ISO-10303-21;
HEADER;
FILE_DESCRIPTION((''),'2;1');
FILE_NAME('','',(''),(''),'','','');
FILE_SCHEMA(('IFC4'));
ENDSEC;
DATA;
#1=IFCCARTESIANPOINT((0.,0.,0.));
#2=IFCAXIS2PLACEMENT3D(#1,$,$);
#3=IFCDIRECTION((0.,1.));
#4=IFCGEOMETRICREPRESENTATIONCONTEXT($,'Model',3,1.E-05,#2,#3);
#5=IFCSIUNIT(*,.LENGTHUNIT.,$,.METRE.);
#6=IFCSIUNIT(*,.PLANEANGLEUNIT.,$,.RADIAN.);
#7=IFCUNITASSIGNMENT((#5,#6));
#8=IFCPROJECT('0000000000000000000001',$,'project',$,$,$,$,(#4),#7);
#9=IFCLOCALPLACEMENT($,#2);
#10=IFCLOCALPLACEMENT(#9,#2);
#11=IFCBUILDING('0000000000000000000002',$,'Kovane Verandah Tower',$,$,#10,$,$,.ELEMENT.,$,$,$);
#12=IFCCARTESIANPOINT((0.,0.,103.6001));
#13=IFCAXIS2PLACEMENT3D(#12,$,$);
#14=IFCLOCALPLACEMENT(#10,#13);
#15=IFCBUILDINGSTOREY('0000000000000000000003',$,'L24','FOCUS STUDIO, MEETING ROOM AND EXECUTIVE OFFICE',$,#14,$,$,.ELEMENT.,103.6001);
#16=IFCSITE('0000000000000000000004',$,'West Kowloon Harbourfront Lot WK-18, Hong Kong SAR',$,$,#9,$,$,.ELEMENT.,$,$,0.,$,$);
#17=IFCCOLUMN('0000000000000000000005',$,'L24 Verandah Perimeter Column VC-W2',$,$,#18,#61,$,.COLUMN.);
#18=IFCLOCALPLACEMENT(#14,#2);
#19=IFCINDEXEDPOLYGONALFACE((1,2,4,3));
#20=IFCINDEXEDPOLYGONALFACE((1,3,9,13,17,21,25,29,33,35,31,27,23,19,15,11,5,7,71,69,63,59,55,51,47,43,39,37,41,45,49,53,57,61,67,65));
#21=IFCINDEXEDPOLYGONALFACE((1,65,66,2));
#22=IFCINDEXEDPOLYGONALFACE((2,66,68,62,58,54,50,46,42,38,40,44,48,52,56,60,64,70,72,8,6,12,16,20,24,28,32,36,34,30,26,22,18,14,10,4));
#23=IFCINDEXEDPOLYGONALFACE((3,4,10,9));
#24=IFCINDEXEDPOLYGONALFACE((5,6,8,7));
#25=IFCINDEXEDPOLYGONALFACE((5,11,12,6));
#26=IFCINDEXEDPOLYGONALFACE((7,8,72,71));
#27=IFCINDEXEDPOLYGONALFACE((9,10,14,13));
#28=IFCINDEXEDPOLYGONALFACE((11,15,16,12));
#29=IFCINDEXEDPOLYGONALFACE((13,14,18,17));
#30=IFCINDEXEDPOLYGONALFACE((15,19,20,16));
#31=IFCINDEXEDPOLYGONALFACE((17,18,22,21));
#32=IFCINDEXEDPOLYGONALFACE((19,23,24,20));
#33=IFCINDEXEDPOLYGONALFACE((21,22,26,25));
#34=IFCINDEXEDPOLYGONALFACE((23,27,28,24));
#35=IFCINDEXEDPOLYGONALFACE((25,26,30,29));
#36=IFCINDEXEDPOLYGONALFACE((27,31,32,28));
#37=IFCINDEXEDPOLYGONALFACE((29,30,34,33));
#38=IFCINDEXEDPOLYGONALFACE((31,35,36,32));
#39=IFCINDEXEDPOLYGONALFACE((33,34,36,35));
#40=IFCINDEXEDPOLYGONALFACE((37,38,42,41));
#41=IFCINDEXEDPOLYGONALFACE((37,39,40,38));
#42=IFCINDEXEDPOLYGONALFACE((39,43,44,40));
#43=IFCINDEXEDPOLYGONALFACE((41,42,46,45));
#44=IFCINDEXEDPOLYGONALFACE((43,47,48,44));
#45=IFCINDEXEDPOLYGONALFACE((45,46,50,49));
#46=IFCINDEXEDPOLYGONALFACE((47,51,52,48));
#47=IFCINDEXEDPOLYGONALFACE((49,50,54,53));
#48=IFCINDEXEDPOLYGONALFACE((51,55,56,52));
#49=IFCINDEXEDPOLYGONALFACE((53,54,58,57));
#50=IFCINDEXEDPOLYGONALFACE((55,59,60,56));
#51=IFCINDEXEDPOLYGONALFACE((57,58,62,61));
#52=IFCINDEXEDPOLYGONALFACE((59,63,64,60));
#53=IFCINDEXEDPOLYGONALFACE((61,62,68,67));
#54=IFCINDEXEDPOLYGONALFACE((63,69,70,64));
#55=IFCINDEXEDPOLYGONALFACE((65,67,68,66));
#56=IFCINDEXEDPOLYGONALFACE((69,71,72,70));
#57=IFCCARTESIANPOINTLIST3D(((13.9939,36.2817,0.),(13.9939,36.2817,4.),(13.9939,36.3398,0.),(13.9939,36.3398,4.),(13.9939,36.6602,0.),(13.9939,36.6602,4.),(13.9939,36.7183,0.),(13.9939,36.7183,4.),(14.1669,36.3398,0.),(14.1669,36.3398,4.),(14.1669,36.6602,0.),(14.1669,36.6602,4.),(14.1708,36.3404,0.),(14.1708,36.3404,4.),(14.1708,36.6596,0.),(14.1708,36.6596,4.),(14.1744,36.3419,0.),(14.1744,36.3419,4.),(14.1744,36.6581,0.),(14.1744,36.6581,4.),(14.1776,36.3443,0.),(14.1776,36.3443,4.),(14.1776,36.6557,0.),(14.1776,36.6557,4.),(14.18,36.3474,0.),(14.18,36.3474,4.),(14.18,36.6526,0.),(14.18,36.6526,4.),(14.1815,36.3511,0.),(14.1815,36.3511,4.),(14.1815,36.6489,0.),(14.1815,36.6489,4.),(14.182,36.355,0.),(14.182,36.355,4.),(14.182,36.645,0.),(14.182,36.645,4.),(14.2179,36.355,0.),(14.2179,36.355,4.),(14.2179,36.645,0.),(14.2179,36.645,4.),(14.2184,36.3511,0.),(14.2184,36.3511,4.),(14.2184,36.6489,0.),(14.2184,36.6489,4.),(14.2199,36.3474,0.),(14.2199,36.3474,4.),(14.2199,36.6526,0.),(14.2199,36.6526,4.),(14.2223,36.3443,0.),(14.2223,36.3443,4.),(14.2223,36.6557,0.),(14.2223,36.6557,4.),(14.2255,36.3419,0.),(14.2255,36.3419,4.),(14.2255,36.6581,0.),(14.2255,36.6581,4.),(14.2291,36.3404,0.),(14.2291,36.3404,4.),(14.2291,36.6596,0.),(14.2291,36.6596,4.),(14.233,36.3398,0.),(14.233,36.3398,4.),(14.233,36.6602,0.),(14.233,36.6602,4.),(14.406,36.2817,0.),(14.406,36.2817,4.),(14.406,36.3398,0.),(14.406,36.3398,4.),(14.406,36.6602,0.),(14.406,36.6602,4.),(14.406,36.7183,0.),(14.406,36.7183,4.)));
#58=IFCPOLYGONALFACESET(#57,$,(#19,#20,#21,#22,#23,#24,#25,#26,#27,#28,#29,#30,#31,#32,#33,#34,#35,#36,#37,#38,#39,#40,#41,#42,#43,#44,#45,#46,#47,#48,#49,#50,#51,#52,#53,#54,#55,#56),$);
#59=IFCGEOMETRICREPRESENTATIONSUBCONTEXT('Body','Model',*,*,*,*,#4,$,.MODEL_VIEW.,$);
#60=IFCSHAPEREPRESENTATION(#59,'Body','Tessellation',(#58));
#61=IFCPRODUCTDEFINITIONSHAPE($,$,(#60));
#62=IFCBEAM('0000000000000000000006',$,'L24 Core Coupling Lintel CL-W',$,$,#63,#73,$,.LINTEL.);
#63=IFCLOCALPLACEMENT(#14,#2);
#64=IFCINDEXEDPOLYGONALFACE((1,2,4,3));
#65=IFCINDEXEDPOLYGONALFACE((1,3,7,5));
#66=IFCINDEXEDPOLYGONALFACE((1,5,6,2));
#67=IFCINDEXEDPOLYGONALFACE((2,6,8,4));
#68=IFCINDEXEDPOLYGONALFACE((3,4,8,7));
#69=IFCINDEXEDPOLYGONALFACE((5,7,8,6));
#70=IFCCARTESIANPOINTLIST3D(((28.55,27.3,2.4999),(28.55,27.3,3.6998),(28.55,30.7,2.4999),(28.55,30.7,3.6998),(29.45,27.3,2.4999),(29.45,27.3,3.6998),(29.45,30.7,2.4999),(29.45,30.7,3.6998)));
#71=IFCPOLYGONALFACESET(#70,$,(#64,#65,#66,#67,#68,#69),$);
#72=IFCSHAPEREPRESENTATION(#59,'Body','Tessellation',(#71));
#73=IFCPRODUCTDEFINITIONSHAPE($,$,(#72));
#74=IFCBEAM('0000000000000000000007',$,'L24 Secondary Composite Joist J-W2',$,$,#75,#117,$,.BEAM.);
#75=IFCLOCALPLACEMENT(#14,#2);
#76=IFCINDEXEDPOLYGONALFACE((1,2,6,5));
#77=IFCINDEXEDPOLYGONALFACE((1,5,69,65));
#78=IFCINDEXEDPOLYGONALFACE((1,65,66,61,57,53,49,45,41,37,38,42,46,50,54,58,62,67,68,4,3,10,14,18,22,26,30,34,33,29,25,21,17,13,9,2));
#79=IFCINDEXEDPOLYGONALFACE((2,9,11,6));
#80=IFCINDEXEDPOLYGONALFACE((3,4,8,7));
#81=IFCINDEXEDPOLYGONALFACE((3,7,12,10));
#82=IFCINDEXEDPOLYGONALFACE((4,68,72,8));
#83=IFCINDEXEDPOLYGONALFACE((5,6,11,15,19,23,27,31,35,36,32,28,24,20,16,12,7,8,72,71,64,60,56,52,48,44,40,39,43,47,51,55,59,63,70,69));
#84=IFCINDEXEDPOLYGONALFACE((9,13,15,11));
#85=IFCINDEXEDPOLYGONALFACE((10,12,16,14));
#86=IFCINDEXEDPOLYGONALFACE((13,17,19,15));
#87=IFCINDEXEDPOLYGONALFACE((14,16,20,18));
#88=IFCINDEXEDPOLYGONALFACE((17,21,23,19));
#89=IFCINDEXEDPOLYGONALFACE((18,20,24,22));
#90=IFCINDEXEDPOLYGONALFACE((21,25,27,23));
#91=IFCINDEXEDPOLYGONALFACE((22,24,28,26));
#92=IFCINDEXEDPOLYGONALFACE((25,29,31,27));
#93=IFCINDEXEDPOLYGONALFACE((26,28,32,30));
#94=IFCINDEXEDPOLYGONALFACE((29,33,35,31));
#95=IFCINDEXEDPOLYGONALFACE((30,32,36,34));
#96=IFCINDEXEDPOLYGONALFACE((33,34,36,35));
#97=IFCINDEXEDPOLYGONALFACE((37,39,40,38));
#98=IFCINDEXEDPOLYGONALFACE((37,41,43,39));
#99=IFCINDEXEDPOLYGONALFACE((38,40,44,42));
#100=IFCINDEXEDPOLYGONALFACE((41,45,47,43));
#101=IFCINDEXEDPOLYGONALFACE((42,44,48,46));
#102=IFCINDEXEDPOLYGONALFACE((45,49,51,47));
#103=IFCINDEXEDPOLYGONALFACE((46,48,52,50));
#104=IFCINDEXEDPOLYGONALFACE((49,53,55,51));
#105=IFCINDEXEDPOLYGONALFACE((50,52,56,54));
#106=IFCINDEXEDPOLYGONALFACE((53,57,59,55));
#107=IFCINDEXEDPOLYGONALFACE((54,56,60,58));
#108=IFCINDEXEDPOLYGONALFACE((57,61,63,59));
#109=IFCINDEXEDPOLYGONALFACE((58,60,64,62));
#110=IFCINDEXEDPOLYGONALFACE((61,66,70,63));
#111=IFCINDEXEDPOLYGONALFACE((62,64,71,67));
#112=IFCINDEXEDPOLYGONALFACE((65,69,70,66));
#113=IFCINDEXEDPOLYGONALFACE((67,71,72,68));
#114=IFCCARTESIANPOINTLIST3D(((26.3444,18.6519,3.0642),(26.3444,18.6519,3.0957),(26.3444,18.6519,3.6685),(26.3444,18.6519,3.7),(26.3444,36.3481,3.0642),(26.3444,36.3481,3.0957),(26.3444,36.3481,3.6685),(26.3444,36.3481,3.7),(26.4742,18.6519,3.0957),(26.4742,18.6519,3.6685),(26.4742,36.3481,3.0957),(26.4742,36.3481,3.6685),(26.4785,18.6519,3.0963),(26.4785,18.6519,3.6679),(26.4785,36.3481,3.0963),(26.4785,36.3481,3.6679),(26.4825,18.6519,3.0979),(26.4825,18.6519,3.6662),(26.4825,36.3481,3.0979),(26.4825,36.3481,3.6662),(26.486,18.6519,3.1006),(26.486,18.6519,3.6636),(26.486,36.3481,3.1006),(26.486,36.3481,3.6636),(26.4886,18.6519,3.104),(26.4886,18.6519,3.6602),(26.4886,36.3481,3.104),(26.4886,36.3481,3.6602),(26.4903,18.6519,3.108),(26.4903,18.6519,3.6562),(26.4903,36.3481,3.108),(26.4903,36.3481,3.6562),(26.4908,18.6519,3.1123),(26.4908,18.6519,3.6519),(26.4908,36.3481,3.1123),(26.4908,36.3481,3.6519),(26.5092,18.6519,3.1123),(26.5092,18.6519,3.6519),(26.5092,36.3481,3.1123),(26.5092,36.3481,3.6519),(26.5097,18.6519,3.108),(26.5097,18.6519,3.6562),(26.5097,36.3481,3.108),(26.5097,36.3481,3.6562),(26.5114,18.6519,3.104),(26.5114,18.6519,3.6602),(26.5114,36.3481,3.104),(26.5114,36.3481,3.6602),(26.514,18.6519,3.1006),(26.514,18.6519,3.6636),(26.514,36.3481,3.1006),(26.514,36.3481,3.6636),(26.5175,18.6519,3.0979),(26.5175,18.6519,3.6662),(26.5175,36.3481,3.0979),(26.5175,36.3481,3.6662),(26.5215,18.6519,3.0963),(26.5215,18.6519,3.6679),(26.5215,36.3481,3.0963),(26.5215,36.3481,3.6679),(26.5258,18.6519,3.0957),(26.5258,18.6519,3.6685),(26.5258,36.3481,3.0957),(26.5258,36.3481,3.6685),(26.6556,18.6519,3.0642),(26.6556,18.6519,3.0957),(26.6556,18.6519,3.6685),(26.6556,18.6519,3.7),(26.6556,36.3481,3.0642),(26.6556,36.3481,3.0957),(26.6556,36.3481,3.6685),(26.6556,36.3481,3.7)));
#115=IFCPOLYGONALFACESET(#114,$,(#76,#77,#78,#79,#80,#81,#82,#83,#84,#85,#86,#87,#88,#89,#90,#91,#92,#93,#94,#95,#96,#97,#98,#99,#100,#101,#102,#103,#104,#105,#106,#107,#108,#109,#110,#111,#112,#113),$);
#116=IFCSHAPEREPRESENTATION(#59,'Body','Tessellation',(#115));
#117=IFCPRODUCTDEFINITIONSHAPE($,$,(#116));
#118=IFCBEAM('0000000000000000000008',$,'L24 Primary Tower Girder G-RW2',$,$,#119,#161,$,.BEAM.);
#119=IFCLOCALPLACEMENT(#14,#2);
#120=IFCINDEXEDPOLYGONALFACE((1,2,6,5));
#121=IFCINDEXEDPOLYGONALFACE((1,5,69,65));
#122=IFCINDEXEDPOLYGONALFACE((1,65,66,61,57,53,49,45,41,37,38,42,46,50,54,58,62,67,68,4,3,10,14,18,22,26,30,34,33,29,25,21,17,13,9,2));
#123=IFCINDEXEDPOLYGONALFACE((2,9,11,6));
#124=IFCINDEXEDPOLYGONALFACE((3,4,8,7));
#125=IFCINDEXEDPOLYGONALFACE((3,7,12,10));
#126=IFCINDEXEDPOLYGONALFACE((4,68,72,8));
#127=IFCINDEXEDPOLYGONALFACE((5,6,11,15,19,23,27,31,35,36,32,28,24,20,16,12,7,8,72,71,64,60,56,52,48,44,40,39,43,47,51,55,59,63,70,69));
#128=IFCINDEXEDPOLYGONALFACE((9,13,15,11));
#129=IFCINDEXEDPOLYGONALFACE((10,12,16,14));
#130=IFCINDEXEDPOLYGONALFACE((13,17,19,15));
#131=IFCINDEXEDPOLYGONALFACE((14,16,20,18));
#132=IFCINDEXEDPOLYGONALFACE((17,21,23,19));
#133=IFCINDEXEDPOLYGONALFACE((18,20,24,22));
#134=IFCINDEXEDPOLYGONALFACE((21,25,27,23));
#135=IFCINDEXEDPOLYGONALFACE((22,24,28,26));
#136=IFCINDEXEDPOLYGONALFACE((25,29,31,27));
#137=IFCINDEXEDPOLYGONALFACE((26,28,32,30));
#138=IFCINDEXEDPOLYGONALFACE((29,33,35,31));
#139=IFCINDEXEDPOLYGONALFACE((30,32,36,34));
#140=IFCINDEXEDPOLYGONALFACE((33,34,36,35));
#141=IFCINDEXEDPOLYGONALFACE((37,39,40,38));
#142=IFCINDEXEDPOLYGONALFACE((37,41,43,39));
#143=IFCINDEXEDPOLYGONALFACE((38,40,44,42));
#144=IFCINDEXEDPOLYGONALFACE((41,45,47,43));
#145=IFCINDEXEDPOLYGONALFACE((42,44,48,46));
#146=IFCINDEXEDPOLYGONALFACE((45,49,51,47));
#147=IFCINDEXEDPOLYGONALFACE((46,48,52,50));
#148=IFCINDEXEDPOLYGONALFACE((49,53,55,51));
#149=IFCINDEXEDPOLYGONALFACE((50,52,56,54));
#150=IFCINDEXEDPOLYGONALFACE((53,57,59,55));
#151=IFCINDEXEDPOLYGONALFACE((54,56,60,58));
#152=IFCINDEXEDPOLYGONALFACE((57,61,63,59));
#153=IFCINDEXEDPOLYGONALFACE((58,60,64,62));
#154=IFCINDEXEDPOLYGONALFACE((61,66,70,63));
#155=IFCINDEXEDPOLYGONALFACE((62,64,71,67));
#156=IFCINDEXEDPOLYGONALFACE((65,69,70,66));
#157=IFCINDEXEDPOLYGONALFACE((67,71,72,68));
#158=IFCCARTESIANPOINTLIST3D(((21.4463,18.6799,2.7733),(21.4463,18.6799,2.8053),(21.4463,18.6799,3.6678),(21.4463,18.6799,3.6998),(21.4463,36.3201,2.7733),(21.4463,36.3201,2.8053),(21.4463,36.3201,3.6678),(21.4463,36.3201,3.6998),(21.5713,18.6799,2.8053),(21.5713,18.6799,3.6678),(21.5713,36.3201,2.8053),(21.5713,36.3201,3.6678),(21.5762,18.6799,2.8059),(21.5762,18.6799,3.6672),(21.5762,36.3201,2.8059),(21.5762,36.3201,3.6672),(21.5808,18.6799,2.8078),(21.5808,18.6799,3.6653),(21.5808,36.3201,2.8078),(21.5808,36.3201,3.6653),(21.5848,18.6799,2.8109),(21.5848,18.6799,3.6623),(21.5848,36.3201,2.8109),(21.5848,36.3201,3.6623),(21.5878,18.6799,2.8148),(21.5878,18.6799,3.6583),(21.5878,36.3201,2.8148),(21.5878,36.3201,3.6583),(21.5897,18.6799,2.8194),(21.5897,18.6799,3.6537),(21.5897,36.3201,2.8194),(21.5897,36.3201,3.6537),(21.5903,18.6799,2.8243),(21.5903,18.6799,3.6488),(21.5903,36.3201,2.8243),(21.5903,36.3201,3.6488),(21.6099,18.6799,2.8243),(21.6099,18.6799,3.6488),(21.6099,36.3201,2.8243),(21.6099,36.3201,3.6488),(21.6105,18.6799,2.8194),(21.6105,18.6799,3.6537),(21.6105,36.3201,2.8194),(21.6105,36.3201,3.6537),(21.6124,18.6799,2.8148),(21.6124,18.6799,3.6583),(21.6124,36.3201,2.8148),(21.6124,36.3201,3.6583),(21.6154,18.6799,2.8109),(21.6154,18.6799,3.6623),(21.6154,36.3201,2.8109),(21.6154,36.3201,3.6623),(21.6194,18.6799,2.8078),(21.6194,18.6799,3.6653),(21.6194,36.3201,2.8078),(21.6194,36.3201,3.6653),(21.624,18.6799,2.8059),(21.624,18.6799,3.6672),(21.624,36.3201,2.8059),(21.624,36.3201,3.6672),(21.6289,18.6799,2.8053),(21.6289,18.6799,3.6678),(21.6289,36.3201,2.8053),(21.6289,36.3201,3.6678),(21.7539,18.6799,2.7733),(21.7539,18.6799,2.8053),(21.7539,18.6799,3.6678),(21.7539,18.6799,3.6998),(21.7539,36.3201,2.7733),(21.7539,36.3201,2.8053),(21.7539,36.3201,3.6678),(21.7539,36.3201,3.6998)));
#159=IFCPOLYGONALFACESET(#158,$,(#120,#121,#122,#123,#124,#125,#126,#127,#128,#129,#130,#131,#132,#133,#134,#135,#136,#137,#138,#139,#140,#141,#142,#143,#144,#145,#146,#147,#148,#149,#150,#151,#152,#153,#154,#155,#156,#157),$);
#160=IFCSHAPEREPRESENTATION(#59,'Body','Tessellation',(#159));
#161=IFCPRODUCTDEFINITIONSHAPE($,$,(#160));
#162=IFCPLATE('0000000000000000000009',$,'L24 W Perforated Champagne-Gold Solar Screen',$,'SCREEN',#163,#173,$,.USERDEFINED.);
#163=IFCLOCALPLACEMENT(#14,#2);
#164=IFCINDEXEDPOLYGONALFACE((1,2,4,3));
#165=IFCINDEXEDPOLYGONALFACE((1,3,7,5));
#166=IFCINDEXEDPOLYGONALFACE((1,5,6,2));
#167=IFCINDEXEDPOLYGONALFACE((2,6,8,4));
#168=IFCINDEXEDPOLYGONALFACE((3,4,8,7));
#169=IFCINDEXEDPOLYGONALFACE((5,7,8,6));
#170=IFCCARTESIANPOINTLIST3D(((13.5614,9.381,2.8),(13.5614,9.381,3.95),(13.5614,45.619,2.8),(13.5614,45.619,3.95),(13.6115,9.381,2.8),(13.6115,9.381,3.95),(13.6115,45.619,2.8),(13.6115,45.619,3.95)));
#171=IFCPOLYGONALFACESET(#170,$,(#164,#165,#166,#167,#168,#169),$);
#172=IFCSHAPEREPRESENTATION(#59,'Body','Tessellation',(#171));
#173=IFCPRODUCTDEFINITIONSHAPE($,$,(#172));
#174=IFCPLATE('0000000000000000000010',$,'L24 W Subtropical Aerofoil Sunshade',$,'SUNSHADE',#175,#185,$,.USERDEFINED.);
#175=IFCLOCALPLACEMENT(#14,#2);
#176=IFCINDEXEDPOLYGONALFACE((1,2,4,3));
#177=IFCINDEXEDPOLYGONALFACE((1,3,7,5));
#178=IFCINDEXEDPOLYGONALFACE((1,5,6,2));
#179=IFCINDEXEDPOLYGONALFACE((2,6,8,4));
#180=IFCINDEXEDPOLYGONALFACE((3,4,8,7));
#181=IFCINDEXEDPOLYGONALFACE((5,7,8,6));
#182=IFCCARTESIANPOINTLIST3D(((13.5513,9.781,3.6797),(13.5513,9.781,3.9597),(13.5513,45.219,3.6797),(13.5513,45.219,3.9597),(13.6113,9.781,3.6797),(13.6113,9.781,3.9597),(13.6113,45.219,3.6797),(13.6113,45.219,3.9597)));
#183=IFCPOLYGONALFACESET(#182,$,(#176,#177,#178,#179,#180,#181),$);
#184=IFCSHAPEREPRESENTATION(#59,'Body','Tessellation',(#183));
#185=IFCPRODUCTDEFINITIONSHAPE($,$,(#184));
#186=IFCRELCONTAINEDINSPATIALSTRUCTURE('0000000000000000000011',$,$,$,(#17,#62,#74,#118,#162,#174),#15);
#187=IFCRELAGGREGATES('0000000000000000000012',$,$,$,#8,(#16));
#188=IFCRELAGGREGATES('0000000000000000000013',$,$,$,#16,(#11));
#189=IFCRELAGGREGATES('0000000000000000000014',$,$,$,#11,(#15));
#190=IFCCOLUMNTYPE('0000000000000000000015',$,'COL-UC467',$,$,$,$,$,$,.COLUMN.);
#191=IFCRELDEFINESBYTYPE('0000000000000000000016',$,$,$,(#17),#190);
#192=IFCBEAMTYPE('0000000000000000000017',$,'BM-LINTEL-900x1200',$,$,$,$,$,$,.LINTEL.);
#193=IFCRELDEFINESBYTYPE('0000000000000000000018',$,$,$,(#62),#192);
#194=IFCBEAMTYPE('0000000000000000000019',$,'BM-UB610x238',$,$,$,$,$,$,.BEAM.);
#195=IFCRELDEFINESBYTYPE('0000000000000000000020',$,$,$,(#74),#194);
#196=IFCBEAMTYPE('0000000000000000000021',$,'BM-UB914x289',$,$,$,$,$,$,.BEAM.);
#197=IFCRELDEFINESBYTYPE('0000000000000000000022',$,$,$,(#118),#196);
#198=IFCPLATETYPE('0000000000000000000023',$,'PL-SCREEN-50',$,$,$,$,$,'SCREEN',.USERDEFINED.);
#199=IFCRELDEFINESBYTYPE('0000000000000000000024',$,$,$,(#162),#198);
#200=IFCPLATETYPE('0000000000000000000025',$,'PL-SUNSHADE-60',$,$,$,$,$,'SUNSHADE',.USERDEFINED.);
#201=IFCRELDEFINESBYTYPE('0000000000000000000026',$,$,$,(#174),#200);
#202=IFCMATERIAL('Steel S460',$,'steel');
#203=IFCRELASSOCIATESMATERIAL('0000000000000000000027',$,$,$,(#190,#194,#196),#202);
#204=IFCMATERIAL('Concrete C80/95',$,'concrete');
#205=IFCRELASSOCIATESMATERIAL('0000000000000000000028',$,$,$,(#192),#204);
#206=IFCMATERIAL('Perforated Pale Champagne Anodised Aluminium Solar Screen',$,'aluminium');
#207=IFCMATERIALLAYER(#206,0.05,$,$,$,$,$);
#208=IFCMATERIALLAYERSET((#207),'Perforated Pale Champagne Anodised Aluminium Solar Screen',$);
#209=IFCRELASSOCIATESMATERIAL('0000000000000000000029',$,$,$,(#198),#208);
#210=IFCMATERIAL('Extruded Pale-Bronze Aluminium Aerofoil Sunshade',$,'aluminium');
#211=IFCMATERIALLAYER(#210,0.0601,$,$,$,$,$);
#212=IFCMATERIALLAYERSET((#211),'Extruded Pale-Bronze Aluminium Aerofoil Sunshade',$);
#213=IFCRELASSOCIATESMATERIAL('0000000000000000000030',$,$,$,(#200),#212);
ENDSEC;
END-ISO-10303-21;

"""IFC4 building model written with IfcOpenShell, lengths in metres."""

from ifc_helpers import new_model, si_unit, direction, frame, origin, origin_2d, place, context, subcontext, project, spatial, rectangle, i_section, extrude, material, layer, layer_set, material_profile, profile_set, type_object, element, save


model = new_model("IFC4")

# Units and contexts
model_context = context("Model", 3, precision=1e-05, world=origin(), true_north=direction((0.0, 1.0)))
body_context = subcontext(model_context, "Body", "Model", "MODEL_VIEW")
ifc_project = project(units=[si_unit("LENGTHUNIT", "METRE"), si_unit("PLANEANGLEUNIT", "RADIAN")], contexts=[model_context])

# Site, building, storey
site_placement = place(None, origin())
site = spatial("IfcSite", under=ifc_project, at=site_placement, Name="West Kowloon Harbourfront Lot WK-18, Hong Kong SAR", CompositionType="ELEMENT", RefElevation=0.0)
building_placement = place(site_placement, origin())
building = spatial("IfcBuilding", under=site, at=building_placement, Name="Kovane Verandah Tower", CompositionType="ELEMENT")
storey_placement = place(building_placement, frame((0.0, 0.0, 103.6001)))
storey = spatial("IfcBuildingStorey", under=building, at=storey_placement, Name="L24", Description="FOCUS STUDIO, MEETING ROOM AND EXECUTIVE OFFICE", CompositionType="ELEMENT", Elevation=103.6001)

# Column
ifc_material_1 = material(Name="Steel S460", Category="steel")
ifc_material_profile_1 = material_profile(ifc_material_1, i_section(OverallWidth=0.4121, OverallDepth=0.4365, WebThickness=0.0359, FlangeThickness=0.0581, FilletRadius=0.0151, at=origin_2d()), Name="UC356x406x467")
ifc_profile_set_1 = profile_set([ifc_material_profile_1], Name="Steel S460")
column_type = type_object("IfcColumnType", Name="COL-UC467", PredefinedType="COLUMN", material=ifc_profile_set_1)
column_placement = place(storey_placement, frame((14.2, 36.5, 0.0), z_axis=(0.0, 0.0, 1.0), x_axis=(1.0, 0.0, 0.0)))
element("IfcColumn", 1, at=column_placement, inside=storey, type_object=column_type, Name="L24 Verandah Perimeter Column VC-W2", PredefinedType="COLUMN", context=body_context, shape_type="SweptSolid", body=[
    extrude(i_section(OverallWidth=0.4121, OverallDepth=0.4365, WebThickness=0.0359, FlangeThickness=0.0581, FilletRadius=0.0151, at=origin_2d()), origin(), (0.0, 0.0, 1.0), 4.0),
])

# Beams
ifc_material_2 = material(Name="Concrete C80/95", Category="concrete")
ifc_material_profile_2 = material_profile(ifc_material_2, rectangle(XDim=0.8999, YDim=1.2, at=origin_2d()), Name="RCB900x1200")
ifc_profile_set_2 = profile_set([ifc_material_profile_2], Name="Concrete C80/95")
beam_type_1 = type_object("IfcBeamType", Name="BM-LINTEL-900x1200", PredefinedType="LINTEL", material=ifc_profile_set_2)
beam_1_placement = place(storey_placement, frame((29.0, 27.3, 3.0999), z_axis=(0.0, 1.0, 0.0), x_axis=(-1.0, 0.0, 0.0)))
element("IfcBeam", 2, at=beam_1_placement, inside=storey, type_object=beam_type_1, Name="L24 Core Coupling Lintel CL-W", PredefinedType="LINTEL", context=body_context, shape_type="SweptSolid", body=[
    extrude(rectangle(XDim=0.8999, YDim=1.2, at=origin_2d()), origin(), (0.0, 0.0, 1.0), 3.3999),
])
ifc_material_profile_3 = material_profile(ifc_material_1, i_section(OverallWidth=0.3113, OverallDepth=0.6357, WebThickness=0.0183, FlangeThickness=0.0315, FilletRadius=0.0166, at=origin_2d()), Name="UB610x305x238")
ifc_profile_set_3 = profile_set([ifc_material_profile_3], Name="Steel S460")
beam_type_2 = type_object("IfcBeamType", Name="BM-UB610x238", PredefinedType="BEAM", material=ifc_profile_set_3)
beam_2_placement = place(storey_placement, frame((26.5, 18.6519, 3.3821), z_axis=(0.0, 1.0, 0.0), x_axis=(-1.0, 0.0, 0.0)))
element("IfcBeam", 3, at=beam_2_placement, inside=storey, type_object=beam_type_2, Name="L24 Secondary Composite Joist J-W2", PredefinedType="BEAM", context=body_context, shape_type="SweptSolid", body=[
    extrude(i_section(OverallWidth=0.3113, OverallDepth=0.6357, WebThickness=0.0183, FlangeThickness=0.0315, FilletRadius=0.0166, at=origin_2d()), origin(), (0.0, 0.0, 1.0), 17.6963),
])
ifc_material_profile_4 = material_profile(ifc_material_1, i_section(OverallWidth=0.3076, OverallDepth=0.9265, WebThickness=0.0195, FlangeThickness=0.032, FilletRadius=0.019, at=origin_2d()), Name="UB914x305x289")
ifc_profile_set_4 = profile_set([ifc_material_profile_4], Name="Steel S460")
beam_type_3 = type_object("IfcBeamType", Name="BM-UB914x289", PredefinedType="BEAM", material=ifc_profile_set_4)
beam_3_placement = place(storey_placement, frame((21.6001, 18.6799, 3.2366), z_axis=(0.0, 1.0, 0.0), x_axis=(-1.0, 0.0, 0.0)))
element("IfcBeam", 4, at=beam_3_placement, inside=storey, type_object=beam_type_3, Name="L24 Primary Tower Girder G-RW2", PredefinedType="BEAM", context=body_context, shape_type="SweptSolid", body=[
    extrude(i_section(OverallWidth=0.3076, OverallDepth=0.9265, WebThickness=0.0195, FlangeThickness=0.032, FilletRadius=0.019, at=origin_2d()), origin(), (0.0, 0.0, 1.0), 17.6401),
])

# Plates
ifc_material_3 = material(Name="Perforated Pale Champagne Anodised Aluminium Solar Screen", Category="aluminium")
ifc_layer_1 = layer(ifc_material_3, 0.05)
ifc_layer_set_1 = layer_set([ifc_layer_1], Name="Perforated Pale Champagne Anodised Aluminium Solar Screen")
plate_type_1 = type_object("IfcPlateType", Name="PL-SCREEN-50", ElementType="SCREEN", PredefinedType="USERDEFINED", material=ifc_layer_set_1)
plate_1_placement = place(storey_placement, frame((13.5864, 27.5, 2.8), z_axis=(0.0, 0.0, 1.0), x_axis=(0.0, -1.0, 0.0)))
element("IfcPlate", 5, at=plate_1_placement, inside=storey, type_object=plate_type_1, Name="L24 W Perforated Champagne-Gold Solar Screen", ObjectType="SCREEN", PredefinedType="USERDEFINED", context=body_context, shape_type="SweptSolid", body=[
    extrude(rectangle(XDim=36.238, YDim=0.05, at=origin_2d()), origin(), (0.0, 0.0, 1.0), 1.1499),
])
ifc_material_4 = material(Name="Extruded Pale-Bronze Aluminium Aerofoil Sunshade", Category="aluminium")
ifc_layer_2 = layer(ifc_material_4, 0.0601)
ifc_layer_set_2 = layer_set([ifc_layer_2], Name="Extruded Pale-Bronze Aluminium Aerofoil Sunshade")
plate_type_2 = type_object("IfcPlateType", Name="PL-SUNSHADE-60", ElementType="SUNSHADE", PredefinedType="USERDEFINED", material=ifc_layer_set_2)
plate_2_placement = place(storey_placement, frame((13.5813, 27.5, 3.6797), z_axis=(0.0, 0.0, 1.0), x_axis=(0.0, -1.0, 0.0)))
element("IfcPlate", 6, at=plate_2_placement, inside=storey, type_object=plate_type_2, Name="L24 W Subtropical Aerofoil Sunshade", ObjectType="SUNSHADE", PredefinedType="USERDEFINED", context=body_context, shape_type="SweptSolid", body=[
    extrude(rectangle(XDim=35.438, YDim=0.0601, at=origin_2d()), origin(), (0.0, 0.0, 1.0), 0.28),
])

save(model, "model.ifc")
